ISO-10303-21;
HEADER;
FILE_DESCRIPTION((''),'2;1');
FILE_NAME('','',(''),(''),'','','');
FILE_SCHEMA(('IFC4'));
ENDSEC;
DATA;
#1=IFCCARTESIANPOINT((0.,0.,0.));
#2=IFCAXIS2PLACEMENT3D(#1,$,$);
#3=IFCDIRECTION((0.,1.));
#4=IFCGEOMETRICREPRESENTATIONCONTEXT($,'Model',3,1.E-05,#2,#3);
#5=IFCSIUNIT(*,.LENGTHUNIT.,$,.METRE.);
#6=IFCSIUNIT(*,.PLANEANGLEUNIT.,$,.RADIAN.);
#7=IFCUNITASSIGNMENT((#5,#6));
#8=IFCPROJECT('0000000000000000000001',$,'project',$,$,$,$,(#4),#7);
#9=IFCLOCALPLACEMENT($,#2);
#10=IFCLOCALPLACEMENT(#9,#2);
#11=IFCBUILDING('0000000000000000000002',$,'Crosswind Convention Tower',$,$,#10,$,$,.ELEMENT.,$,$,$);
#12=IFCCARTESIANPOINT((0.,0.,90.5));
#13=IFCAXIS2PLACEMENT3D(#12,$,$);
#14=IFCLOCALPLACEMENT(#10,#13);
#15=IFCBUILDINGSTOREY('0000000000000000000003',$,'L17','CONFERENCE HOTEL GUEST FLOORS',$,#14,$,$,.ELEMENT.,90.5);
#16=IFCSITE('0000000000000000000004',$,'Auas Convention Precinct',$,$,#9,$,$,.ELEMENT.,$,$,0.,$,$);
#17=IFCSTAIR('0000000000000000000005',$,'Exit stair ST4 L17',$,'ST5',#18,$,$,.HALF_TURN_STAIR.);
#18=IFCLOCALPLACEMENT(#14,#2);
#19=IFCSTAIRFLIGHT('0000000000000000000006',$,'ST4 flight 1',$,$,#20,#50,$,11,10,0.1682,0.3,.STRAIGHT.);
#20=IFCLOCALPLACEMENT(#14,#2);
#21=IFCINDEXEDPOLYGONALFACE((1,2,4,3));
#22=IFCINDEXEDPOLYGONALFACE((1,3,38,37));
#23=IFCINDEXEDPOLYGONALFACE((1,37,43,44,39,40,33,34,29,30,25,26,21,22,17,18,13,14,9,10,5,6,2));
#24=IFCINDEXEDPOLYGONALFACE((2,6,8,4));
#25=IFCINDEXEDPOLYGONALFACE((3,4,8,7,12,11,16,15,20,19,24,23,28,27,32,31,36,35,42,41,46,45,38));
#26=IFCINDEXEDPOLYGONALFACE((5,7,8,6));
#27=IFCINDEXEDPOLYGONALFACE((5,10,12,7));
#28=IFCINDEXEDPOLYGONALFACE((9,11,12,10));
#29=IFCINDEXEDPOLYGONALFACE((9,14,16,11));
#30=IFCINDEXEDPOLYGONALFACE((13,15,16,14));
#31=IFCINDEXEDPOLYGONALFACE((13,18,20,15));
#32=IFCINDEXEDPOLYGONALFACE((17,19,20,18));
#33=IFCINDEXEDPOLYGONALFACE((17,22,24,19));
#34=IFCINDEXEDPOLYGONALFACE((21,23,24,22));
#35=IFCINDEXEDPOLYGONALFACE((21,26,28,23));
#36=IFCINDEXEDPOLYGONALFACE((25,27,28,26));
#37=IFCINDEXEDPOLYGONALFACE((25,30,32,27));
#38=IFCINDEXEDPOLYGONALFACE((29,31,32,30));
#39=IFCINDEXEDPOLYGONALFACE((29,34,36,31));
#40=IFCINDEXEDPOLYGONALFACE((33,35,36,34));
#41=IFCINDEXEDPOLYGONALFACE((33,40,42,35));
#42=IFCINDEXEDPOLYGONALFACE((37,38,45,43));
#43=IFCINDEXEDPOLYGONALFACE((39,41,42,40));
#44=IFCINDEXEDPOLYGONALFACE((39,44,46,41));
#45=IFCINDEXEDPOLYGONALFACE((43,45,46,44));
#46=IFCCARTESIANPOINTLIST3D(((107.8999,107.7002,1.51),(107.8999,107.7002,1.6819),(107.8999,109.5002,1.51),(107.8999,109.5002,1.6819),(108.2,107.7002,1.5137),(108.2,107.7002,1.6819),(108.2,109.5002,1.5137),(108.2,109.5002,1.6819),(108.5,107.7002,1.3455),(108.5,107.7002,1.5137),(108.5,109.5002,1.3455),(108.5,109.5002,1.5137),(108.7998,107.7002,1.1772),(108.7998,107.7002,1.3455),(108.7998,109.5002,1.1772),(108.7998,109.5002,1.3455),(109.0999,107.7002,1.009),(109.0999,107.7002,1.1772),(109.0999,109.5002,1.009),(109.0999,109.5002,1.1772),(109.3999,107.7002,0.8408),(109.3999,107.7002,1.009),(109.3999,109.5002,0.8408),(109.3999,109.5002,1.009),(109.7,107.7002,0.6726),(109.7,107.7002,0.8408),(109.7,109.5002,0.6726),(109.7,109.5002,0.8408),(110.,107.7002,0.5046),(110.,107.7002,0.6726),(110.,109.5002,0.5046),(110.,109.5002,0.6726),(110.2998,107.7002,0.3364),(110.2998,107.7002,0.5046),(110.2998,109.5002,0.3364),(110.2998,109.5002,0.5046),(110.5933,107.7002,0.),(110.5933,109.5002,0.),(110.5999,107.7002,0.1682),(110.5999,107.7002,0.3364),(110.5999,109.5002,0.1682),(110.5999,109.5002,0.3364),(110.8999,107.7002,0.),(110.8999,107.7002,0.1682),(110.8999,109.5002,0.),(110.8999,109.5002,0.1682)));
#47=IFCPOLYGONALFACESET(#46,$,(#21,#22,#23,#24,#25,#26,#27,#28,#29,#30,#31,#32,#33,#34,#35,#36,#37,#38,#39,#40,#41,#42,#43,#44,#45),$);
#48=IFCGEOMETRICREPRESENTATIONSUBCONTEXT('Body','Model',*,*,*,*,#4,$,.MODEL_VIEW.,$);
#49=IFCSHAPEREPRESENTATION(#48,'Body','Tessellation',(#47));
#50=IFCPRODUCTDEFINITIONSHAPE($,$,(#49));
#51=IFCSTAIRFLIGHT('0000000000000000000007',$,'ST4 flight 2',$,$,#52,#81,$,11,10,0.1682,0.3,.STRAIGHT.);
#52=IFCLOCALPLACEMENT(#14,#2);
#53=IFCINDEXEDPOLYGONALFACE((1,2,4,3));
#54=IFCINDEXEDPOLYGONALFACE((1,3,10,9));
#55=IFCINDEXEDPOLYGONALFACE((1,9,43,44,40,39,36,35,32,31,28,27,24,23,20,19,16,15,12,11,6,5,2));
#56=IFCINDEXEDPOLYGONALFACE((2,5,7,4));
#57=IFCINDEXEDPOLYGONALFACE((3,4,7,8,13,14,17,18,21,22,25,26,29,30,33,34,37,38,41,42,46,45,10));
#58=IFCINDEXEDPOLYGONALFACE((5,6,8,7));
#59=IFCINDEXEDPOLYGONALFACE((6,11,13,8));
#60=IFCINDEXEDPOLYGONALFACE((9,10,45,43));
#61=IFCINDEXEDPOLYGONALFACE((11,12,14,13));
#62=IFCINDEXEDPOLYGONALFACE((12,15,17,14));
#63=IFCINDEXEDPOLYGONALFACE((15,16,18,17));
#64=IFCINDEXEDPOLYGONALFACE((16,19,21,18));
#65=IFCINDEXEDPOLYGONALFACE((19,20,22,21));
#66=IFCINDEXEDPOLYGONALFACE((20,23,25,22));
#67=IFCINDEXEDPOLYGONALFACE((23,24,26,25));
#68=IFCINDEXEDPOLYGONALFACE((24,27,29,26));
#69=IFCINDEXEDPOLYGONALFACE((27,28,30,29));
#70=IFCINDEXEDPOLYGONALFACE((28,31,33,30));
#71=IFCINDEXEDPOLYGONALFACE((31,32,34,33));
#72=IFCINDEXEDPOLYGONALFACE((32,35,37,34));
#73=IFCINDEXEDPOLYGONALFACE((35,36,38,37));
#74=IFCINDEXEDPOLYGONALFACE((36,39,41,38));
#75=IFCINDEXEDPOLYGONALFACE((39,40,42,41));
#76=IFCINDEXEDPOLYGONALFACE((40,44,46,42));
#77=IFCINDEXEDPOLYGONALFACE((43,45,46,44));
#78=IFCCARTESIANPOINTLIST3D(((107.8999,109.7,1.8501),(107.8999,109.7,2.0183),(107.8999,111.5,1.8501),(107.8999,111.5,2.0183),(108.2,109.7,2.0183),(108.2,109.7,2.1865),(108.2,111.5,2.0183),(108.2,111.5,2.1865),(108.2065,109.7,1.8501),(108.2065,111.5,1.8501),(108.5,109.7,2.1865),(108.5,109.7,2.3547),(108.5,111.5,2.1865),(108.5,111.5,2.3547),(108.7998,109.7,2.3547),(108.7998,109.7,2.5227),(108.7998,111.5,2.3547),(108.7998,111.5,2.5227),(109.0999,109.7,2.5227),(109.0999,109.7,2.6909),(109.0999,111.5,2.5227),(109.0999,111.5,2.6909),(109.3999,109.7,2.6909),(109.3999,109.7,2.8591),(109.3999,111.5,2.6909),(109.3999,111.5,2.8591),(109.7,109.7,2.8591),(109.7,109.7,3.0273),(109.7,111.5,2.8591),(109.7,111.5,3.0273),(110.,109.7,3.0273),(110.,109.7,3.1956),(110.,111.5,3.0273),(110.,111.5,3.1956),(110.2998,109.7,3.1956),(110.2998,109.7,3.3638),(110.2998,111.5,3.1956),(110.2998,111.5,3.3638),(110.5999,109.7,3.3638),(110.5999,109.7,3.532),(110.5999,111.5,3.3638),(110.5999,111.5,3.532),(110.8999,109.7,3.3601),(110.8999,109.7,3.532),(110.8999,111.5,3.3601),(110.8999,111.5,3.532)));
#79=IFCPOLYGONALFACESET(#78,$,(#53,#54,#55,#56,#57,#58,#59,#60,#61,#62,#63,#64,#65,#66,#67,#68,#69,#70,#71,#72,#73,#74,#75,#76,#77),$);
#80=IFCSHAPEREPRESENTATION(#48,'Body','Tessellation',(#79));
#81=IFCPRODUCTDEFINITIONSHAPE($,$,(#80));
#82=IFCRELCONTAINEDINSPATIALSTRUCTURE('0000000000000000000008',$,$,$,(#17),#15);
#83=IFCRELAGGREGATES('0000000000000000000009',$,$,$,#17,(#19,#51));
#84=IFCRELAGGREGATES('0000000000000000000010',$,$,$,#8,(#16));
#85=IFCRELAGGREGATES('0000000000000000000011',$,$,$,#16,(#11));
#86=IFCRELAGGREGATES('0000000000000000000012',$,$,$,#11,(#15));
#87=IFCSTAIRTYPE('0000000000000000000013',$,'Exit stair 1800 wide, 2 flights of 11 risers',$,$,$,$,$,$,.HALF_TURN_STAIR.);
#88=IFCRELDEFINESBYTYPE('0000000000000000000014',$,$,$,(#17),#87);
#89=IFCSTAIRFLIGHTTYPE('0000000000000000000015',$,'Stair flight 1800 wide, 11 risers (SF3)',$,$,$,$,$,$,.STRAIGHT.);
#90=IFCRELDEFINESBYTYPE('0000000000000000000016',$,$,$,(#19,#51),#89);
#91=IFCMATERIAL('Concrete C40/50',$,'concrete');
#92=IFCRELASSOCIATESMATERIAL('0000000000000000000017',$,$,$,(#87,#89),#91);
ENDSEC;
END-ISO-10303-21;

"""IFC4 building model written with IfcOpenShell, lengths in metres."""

from ifc_helpers import new_model, si_unit, direction, frame, origin, place, context, subcontext, project, spatial, polyline, outline, extrude, material, type_object, element, aggregate, save


model = new_model("IFC4")

# Units and contexts
model_context = context("Model", 3, precision=1e-05, world=origin(), true_north=direction((0.0, 1.0)))
body_context = subcontext(model_context, "Body", "Model", "MODEL_VIEW")
ifc_project = project(units=[si_unit("LENGTHUNIT", "METRE"), si_unit("PLANEANGLEUNIT", "RADIAN")], contexts=[model_context])

# Site, building, storey
site_placement = place(None, origin())
site = spatial("IfcSite", under=ifc_project, at=site_placement, Name="Auas Convention Precinct", CompositionType="ELEMENT", RefElevation=0.0)
building_placement = place(site_placement, origin())
building = spatial("IfcBuilding", under=site, at=building_placement, Name="Crosswind Convention Tower", CompositionType="ELEMENT")
storey_placement = place(building_placement, frame((0.0, 0.0, 90.5)))
storey = spatial("IfcBuildingStorey", under=building, at=storey_placement, Name="L17", Description="CONFERENCE HOTEL GUEST FLOORS", CompositionType="ELEMENT", Elevation=90.5)

# Stair, stair flights
ifc_material_1 = material(Name="Concrete C40/50", Category="concrete")
stair_type = type_object("IfcStairType", Name="Exit stair 1800 wide, 2 flights of 11 risers", PredefinedType="HALF_TURN_STAIR", material=ifc_material_1)
stair_placement = place(storey_placement, origin())
stair = element("IfcStair", 1, at=stair_placement, inside=storey, type_object=stair_type, Name="Exit stair ST4 L17", ObjectType="ST5", PredefinedType="HALF_TURN_STAIR")
stair_flight_type = type_object("IfcStairFlightType", Name="Stair flight 1800 wide, 11 risers (SF3)", PredefinedType="STRAIGHT", material=ifc_material_1)
stair_flight_1_placement = place(storey_placement, frame((110.8999, 108.6001, 0.0), z_axis=(0.0, 0.0, 1.0), x_axis=(-1.0, 0.0, 0.0)))
stair_flight_1 = element("IfcStairFlight", 2, at=stair_flight_1_placement, type_object=stair_flight_type, Name="ST4 flight 1", NumberOfRisers=11, NumberOfTreads=10, PredefinedType="STRAIGHT", RiserHeight=0.1682, TreadLength=0.3, context=body_context, shape_type="SweptSolid", body=[
    extrude(outline(polyline([(0.0, 0.0), (0.0, 0.1682), (0.3, 0.1682), (0.3, 0.3364), (0.6001, 0.3364), (0.6001, 0.5046), (0.8999, 0.5046), (0.8999, 0.6726), (1.2, 0.6726), (1.2, 0.8408), (1.5, 0.8408), (1.5, 1.009), (1.8, 1.009), (1.8, 1.1772), (2.1001, 1.1772), (2.1001, 1.3455), (2.3999, 1.3455), (2.3999, 1.5137), (2.7, 1.5137), (2.7, 1.6819), (3.0, 1.6819), (3.0, 1.8501), (3.0, 1.51), (0.3066, 0.0), (0.0, 0.0)])), frame((0.0, 0.8999, 0.0), z_axis=(0.0, -1.0, 0.0), x_axis=(1.0, 0.0, 0.0)), (0.0, 0.0, 1.0), 1.8),
])
stair_flight_2_placement = place(storey_placement, frame((107.8999, 110.6001, 1.8501), z_axis=(0.0, 0.0, 1.0), x_axis=(1.0, 0.0, 0.0)))
stair_flight_2 = element("IfcStairFlight", 3, at=stair_flight_2_placement, type_object=stair_flight_type, Name="ST4 flight 2", NumberOfRisers=11, NumberOfTreads=10, PredefinedType="STRAIGHT", RiserHeight=0.1682, TreadLength=0.3, context=body_context, shape_type="SweptSolid", body=[
    extrude(outline(polyline([(0.0, 0.0), (0.0, 0.1682), (0.3, 0.1682), (0.3, 0.3364), (0.6001, 0.3364), (0.6001, 0.5046), (0.8999, 0.5046), (0.8999, 0.6726), (1.2, 0.6726), (1.2, 0.8408), (1.5, 0.8408), (1.5, 1.009), (1.8, 1.009), (1.8, 1.1772), (2.1001, 1.1772), (2.1001, 1.3455), (2.3999, 1.3455), (2.3999, 1.5137), (2.7, 1.5137), (2.7, 1.6819), (3.0, 1.6819), (3.0, 1.8501), (3.0, 1.51), (0.3066, 0.0), (0.0, 0.0)])), frame((0.0, 0.8999, 0.0), z_axis=(0.0, -1.0, 0.0), x_axis=(1.0, 0.0, 0.0)), (0.0, 0.0, 1.0), 1.8),
])
aggregate(stair, [stair_flight_1, stair_flight_2])

save(model, "model.ifc")
